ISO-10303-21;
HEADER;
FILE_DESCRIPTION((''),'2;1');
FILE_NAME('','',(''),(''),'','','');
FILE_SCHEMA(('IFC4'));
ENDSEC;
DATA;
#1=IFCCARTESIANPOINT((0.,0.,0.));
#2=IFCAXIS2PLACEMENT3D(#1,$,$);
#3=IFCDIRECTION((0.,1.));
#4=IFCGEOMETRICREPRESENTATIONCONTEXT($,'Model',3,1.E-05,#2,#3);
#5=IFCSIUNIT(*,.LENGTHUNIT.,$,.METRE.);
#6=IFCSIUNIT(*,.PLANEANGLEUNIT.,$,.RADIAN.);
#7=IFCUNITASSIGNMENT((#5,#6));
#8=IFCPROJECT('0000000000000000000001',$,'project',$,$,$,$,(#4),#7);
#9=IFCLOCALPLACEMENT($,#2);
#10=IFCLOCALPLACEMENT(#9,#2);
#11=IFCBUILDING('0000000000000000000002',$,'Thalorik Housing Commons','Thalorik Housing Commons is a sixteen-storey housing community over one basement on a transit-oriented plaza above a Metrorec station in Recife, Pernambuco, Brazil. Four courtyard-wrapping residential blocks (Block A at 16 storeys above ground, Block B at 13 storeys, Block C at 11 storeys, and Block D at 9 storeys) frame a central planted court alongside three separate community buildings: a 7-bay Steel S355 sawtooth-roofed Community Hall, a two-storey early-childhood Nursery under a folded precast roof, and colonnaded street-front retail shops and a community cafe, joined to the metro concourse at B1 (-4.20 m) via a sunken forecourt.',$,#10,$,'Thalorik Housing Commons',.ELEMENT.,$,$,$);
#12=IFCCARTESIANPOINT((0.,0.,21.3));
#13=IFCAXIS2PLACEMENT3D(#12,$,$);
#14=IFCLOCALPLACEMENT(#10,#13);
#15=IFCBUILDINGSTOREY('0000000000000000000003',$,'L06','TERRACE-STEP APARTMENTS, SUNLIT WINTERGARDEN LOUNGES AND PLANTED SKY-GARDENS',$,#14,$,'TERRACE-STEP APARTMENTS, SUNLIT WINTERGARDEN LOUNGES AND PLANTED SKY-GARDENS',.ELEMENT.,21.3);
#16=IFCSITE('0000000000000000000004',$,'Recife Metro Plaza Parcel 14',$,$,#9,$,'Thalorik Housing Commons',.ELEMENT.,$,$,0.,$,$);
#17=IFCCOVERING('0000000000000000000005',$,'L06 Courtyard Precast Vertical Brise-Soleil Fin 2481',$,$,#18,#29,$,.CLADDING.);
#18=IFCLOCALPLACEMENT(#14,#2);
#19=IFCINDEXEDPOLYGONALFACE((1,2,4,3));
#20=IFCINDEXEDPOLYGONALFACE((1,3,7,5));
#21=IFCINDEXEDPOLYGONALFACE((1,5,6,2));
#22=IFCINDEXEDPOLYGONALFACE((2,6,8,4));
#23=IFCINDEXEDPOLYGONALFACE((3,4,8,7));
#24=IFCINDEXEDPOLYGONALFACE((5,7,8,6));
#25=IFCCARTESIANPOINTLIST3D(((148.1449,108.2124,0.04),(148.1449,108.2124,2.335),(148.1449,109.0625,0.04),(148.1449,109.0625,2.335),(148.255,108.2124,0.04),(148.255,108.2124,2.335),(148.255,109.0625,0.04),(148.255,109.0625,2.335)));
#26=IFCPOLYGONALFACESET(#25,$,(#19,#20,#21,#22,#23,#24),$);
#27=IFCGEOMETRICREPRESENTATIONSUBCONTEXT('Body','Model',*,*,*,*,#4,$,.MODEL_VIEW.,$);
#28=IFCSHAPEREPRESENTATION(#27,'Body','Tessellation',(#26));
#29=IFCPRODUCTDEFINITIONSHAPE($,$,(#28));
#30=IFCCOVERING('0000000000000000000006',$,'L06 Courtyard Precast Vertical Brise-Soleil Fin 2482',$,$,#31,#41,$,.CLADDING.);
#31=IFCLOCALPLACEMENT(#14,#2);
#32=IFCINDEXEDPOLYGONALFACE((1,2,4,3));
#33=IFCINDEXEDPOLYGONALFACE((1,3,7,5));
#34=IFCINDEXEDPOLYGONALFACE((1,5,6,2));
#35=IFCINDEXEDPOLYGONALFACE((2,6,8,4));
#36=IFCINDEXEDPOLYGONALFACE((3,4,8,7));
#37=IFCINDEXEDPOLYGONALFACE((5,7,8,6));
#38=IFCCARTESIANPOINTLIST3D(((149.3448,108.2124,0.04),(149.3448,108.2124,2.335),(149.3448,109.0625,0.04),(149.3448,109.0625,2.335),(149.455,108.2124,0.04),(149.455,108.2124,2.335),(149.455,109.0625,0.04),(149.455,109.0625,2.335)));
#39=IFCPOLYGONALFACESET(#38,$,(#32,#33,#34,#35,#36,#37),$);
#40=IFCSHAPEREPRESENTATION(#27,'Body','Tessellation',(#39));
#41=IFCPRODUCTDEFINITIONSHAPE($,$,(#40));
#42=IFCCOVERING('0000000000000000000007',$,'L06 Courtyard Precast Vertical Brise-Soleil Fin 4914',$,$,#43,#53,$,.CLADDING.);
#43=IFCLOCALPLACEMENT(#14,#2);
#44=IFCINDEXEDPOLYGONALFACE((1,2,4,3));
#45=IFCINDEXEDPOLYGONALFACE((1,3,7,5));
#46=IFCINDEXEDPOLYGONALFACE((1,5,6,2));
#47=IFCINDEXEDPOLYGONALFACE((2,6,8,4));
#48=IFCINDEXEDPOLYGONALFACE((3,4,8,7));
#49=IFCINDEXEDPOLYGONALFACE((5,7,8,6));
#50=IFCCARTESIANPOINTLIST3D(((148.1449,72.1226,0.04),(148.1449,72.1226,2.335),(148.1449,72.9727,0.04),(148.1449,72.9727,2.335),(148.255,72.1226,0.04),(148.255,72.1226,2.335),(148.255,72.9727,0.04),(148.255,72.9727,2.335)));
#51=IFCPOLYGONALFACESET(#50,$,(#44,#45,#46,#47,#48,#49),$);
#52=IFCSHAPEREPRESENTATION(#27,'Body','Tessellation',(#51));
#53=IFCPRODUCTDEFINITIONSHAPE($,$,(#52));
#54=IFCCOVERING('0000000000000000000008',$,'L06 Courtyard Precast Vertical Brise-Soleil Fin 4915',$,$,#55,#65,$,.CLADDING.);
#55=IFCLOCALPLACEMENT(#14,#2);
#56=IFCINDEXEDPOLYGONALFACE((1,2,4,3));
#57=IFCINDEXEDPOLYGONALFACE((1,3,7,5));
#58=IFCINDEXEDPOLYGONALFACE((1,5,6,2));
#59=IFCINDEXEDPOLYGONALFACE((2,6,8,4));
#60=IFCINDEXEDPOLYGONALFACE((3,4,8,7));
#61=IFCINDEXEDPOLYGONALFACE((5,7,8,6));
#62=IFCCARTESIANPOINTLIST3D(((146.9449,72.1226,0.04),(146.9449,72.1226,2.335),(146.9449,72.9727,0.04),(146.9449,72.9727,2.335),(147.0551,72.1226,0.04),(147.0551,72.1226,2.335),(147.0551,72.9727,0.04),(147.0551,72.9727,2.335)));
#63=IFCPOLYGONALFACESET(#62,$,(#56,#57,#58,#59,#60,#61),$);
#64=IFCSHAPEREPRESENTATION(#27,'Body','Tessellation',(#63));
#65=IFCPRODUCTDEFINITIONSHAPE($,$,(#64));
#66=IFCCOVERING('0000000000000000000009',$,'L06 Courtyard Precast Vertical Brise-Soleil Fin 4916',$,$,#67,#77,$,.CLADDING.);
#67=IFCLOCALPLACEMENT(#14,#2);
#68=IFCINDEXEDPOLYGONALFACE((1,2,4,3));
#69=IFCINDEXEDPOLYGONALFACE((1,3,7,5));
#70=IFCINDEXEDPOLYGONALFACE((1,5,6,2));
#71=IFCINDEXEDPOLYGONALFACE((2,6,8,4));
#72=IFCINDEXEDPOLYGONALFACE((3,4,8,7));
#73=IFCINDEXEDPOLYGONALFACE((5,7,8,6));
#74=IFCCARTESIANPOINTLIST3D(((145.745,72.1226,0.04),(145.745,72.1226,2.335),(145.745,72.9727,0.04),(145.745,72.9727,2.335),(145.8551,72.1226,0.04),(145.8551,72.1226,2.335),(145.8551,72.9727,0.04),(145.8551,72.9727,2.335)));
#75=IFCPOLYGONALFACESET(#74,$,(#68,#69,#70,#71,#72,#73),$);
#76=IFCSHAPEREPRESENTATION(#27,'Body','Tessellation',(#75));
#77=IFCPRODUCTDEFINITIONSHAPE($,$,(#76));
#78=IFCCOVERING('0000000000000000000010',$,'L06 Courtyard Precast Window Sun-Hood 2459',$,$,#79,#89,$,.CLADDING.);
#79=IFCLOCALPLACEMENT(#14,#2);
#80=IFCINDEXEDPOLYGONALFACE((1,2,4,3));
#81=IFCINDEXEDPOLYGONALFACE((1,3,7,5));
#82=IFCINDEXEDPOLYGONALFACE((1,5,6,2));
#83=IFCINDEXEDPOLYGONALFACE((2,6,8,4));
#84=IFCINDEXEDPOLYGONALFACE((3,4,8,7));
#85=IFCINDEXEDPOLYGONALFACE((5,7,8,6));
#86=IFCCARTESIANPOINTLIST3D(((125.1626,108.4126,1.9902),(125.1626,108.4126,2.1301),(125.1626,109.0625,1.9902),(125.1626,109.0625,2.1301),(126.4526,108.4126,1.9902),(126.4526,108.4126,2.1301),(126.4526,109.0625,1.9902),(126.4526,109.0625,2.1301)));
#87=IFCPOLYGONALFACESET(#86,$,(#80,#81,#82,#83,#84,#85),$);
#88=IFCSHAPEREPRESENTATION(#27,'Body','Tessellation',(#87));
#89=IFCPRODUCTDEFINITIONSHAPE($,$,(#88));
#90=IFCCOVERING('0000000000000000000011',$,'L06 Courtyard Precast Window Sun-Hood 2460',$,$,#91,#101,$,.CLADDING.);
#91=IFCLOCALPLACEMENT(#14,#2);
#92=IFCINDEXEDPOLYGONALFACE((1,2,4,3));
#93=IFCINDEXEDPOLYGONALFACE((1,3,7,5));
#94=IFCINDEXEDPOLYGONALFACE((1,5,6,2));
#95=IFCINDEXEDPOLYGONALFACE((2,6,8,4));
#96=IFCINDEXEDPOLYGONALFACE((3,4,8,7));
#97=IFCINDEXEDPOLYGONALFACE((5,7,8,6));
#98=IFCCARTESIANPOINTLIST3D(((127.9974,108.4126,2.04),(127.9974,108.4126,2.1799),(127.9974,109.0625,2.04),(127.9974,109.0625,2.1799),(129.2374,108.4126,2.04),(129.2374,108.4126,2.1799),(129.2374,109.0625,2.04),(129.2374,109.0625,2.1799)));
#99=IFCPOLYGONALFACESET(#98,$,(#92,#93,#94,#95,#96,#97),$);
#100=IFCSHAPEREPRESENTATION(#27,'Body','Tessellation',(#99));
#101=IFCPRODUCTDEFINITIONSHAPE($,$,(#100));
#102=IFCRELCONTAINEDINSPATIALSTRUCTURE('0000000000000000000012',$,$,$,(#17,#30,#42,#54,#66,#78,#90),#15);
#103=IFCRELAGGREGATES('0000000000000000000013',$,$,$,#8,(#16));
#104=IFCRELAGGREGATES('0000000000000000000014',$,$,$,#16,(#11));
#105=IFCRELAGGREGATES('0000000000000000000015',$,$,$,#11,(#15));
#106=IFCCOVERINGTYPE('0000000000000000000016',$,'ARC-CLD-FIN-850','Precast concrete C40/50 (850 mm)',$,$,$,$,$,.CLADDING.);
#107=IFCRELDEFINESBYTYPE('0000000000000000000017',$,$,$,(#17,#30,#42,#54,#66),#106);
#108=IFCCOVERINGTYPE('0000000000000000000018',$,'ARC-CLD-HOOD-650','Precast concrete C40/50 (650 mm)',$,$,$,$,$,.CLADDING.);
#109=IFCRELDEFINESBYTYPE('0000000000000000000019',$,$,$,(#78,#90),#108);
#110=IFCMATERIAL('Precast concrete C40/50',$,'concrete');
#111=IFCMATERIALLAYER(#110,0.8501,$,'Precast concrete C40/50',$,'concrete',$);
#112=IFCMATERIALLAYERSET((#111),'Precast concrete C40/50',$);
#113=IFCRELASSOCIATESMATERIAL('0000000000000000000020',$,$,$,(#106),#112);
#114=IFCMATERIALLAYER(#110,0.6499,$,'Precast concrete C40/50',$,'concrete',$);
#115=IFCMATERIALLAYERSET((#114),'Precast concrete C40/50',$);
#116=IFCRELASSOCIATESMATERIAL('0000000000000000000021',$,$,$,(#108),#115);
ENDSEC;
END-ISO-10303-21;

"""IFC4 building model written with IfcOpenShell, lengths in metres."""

from ifc_helpers import new_model, si_unit, direction, frame, origin, origin_2d, place, context, subcontext, project, spatial, rectangle, extrude, material, layer, layer_set, type_object, element, save


model = new_model("IFC4")

# Units and contexts
model_context = context("Model", 3, precision=1e-05, world=origin(), true_north=direction((0.0, 1.0)))
body_context = subcontext(model_context, "Body", "Model", "MODEL_VIEW")
ifc_project = project(units=[si_unit("LENGTHUNIT", "METRE"), si_unit("PLANEANGLEUNIT", "RADIAN")], contexts=[model_context])

# Site, building, storey
site_placement = place(None, origin())
site = spatial("IfcSite", under=ifc_project, at=site_placement, Name="Recife Metro Plaza Parcel 14", LongName="Thalorik Housing Commons", CompositionType="ELEMENT", RefElevation=0.0)
building_placement = place(site_placement, origin())
building = spatial("IfcBuilding", under=site, at=building_placement, Name="Thalorik Housing Commons", Description="Thalorik Housing Commons is a sixteen-storey housing community over one basement on a transit-oriented plaza above a Metrorec station in Recife, Pernambuco, Brazil. Four courtyard-wrapping residential blocks (Block A at 16 storeys above ground, Block B at 13 storeys, Block C at 11 storeys, and Block D at 9 storeys) frame a central planted court alongside three separate community buildings: a 7-bay Steel S355 sawtooth-roofed Community Hall, a two-storey early-childhood Nursery under a folded precast roof, and colonnaded street-front retail shops and a community cafe, joined to the metro concourse at B1 (-4.20 m) via a sunken forecourt.", LongName="Thalorik Housing Commons", CompositionType="ELEMENT")
storey_placement = place(building_placement, frame((0.0, 0.0, 21.3)))
storey = spatial("IfcBuildingStorey", under=building, at=storey_placement, Name="L06", Description="TERRACE-STEP APARTMENTS, SUNLIT WINTERGARDEN LOUNGES AND PLANTED SKY-GARDENS", LongName="TERRACE-STEP APARTMENTS, SUNLIT WINTERGARDEN LOUNGES AND PLANTED SKY-GARDENS", CompositionType="ELEMENT", Elevation=21.3)

# Coverings
ifc_material = material(Name="Precast concrete C40/50", Category="concrete")
ifc_layer_1 = layer(ifc_material, 0.8501, Name="Precast concrete C40/50", Category="concrete")
ifc_layer_set_1 = layer_set([ifc_layer_1], Name="Precast concrete C40/50")
covering_type_1 = type_object("IfcCoveringType", Name="ARC-CLD-FIN-850", Description="Precast concrete C40/50 (850 mm)", PredefinedType="CLADDING", material=ifc_layer_set_1)
for number, where, z_axis, x_axis, name in (
    (1, (148.2, 108.6375, 0.04), (0.0, 0.0, 1.0), (1.0, 0.0, 0.0), "L06 Courtyard Precast Vertical Brise-Soleil Fin 2481"),
    (2, (149.3999, 108.6375, 0.04), (0.0, 0.0, 1.0), (1.0, 0.0, 0.0), "L06 Courtyard Precast Vertical Brise-Soleil Fin 2482"),
    (3, (148.2, 72.5476, 0.04), (0.0, 0.0, 1.0), (-1.0, 0.0, 0.0), "L06 Courtyard Precast Vertical Brise-Soleil Fin 4914"),
    (4, (147.0, 72.5476, 0.04), (0.0, 0.0, 1.0), (-1.0, 0.0, 0.0), "L06 Courtyard Precast Vertical Brise-Soleil Fin 4915"),
    (5, (145.8, 72.5476, 0.04), (0.0, 0.0, 1.0), (-1.0, 0.0, 0.0), "L06 Courtyard Precast Vertical Brise-Soleil Fin 4916"),
):
    element("IfcCovering", number, at=place(storey_placement, frame(where, z_axis=z_axis, x_axis=x_axis)), inside=storey, type_object=covering_type_1, Name=name, PredefinedType="CLADDING", context=body_context, shape_type="SweptSolid", body=[
        extrude(rectangle(XDim=0.1101, YDim=0.8501, at=origin_2d()), origin(), (0.0, 0.0, 1.0), 2.2949),
    ])
ifc_layer_2 = layer(ifc_material, 0.6499, Name="Precast concrete C40/50", Category="concrete")
ifc_layer_set_2 = layer_set([ifc_layer_2], Name="Precast concrete C40/50")
covering_type_2 = type_object("IfcCoveringType", Name="ARC-CLD-HOOD-650", Description="Precast concrete C40/50 (650 mm)", PredefinedType="CLADDING", material=ifc_layer_set_2)
covering_1_placement = place(storey_placement, frame((125.8076, 108.7375, 1.9902), z_axis=(0.0, 0.0, 1.0), x_axis=(1.0, 0.0, 0.0)))
element("IfcCovering", 6, at=covering_1_placement, inside=storey, type_object=covering_type_2, Name="L06 Courtyard Precast Window Sun-Hood 2459", PredefinedType="CLADDING", context=body_context, shape_type="SweptSolid", body=[
    extrude(rectangle(XDim=1.29, YDim=0.6499, at=origin_2d()), origin(), (0.0, 0.0, 1.0), 0.1399),
])
covering_2_placement = place(storey_placement, frame((128.6174, 108.7375, 2.04), z_axis=(0.0, 0.0, 1.0), x_axis=(1.0, 0.0, 0.0)))
element("IfcCovering", 7, at=covering_2_placement, inside=storey, type_object=covering_type_2, Name="L06 Courtyard Precast Window Sun-Hood 2460", PredefinedType="CLADDING", context=body_context, shape_type="SweptSolid", body=[
    extrude(rectangle(XDim=1.24, YDim=0.6499, at=origin_2d()), origin(), (0.0, 0.0, 1.0), 0.1399),
])

save(model, "model.ifc")
